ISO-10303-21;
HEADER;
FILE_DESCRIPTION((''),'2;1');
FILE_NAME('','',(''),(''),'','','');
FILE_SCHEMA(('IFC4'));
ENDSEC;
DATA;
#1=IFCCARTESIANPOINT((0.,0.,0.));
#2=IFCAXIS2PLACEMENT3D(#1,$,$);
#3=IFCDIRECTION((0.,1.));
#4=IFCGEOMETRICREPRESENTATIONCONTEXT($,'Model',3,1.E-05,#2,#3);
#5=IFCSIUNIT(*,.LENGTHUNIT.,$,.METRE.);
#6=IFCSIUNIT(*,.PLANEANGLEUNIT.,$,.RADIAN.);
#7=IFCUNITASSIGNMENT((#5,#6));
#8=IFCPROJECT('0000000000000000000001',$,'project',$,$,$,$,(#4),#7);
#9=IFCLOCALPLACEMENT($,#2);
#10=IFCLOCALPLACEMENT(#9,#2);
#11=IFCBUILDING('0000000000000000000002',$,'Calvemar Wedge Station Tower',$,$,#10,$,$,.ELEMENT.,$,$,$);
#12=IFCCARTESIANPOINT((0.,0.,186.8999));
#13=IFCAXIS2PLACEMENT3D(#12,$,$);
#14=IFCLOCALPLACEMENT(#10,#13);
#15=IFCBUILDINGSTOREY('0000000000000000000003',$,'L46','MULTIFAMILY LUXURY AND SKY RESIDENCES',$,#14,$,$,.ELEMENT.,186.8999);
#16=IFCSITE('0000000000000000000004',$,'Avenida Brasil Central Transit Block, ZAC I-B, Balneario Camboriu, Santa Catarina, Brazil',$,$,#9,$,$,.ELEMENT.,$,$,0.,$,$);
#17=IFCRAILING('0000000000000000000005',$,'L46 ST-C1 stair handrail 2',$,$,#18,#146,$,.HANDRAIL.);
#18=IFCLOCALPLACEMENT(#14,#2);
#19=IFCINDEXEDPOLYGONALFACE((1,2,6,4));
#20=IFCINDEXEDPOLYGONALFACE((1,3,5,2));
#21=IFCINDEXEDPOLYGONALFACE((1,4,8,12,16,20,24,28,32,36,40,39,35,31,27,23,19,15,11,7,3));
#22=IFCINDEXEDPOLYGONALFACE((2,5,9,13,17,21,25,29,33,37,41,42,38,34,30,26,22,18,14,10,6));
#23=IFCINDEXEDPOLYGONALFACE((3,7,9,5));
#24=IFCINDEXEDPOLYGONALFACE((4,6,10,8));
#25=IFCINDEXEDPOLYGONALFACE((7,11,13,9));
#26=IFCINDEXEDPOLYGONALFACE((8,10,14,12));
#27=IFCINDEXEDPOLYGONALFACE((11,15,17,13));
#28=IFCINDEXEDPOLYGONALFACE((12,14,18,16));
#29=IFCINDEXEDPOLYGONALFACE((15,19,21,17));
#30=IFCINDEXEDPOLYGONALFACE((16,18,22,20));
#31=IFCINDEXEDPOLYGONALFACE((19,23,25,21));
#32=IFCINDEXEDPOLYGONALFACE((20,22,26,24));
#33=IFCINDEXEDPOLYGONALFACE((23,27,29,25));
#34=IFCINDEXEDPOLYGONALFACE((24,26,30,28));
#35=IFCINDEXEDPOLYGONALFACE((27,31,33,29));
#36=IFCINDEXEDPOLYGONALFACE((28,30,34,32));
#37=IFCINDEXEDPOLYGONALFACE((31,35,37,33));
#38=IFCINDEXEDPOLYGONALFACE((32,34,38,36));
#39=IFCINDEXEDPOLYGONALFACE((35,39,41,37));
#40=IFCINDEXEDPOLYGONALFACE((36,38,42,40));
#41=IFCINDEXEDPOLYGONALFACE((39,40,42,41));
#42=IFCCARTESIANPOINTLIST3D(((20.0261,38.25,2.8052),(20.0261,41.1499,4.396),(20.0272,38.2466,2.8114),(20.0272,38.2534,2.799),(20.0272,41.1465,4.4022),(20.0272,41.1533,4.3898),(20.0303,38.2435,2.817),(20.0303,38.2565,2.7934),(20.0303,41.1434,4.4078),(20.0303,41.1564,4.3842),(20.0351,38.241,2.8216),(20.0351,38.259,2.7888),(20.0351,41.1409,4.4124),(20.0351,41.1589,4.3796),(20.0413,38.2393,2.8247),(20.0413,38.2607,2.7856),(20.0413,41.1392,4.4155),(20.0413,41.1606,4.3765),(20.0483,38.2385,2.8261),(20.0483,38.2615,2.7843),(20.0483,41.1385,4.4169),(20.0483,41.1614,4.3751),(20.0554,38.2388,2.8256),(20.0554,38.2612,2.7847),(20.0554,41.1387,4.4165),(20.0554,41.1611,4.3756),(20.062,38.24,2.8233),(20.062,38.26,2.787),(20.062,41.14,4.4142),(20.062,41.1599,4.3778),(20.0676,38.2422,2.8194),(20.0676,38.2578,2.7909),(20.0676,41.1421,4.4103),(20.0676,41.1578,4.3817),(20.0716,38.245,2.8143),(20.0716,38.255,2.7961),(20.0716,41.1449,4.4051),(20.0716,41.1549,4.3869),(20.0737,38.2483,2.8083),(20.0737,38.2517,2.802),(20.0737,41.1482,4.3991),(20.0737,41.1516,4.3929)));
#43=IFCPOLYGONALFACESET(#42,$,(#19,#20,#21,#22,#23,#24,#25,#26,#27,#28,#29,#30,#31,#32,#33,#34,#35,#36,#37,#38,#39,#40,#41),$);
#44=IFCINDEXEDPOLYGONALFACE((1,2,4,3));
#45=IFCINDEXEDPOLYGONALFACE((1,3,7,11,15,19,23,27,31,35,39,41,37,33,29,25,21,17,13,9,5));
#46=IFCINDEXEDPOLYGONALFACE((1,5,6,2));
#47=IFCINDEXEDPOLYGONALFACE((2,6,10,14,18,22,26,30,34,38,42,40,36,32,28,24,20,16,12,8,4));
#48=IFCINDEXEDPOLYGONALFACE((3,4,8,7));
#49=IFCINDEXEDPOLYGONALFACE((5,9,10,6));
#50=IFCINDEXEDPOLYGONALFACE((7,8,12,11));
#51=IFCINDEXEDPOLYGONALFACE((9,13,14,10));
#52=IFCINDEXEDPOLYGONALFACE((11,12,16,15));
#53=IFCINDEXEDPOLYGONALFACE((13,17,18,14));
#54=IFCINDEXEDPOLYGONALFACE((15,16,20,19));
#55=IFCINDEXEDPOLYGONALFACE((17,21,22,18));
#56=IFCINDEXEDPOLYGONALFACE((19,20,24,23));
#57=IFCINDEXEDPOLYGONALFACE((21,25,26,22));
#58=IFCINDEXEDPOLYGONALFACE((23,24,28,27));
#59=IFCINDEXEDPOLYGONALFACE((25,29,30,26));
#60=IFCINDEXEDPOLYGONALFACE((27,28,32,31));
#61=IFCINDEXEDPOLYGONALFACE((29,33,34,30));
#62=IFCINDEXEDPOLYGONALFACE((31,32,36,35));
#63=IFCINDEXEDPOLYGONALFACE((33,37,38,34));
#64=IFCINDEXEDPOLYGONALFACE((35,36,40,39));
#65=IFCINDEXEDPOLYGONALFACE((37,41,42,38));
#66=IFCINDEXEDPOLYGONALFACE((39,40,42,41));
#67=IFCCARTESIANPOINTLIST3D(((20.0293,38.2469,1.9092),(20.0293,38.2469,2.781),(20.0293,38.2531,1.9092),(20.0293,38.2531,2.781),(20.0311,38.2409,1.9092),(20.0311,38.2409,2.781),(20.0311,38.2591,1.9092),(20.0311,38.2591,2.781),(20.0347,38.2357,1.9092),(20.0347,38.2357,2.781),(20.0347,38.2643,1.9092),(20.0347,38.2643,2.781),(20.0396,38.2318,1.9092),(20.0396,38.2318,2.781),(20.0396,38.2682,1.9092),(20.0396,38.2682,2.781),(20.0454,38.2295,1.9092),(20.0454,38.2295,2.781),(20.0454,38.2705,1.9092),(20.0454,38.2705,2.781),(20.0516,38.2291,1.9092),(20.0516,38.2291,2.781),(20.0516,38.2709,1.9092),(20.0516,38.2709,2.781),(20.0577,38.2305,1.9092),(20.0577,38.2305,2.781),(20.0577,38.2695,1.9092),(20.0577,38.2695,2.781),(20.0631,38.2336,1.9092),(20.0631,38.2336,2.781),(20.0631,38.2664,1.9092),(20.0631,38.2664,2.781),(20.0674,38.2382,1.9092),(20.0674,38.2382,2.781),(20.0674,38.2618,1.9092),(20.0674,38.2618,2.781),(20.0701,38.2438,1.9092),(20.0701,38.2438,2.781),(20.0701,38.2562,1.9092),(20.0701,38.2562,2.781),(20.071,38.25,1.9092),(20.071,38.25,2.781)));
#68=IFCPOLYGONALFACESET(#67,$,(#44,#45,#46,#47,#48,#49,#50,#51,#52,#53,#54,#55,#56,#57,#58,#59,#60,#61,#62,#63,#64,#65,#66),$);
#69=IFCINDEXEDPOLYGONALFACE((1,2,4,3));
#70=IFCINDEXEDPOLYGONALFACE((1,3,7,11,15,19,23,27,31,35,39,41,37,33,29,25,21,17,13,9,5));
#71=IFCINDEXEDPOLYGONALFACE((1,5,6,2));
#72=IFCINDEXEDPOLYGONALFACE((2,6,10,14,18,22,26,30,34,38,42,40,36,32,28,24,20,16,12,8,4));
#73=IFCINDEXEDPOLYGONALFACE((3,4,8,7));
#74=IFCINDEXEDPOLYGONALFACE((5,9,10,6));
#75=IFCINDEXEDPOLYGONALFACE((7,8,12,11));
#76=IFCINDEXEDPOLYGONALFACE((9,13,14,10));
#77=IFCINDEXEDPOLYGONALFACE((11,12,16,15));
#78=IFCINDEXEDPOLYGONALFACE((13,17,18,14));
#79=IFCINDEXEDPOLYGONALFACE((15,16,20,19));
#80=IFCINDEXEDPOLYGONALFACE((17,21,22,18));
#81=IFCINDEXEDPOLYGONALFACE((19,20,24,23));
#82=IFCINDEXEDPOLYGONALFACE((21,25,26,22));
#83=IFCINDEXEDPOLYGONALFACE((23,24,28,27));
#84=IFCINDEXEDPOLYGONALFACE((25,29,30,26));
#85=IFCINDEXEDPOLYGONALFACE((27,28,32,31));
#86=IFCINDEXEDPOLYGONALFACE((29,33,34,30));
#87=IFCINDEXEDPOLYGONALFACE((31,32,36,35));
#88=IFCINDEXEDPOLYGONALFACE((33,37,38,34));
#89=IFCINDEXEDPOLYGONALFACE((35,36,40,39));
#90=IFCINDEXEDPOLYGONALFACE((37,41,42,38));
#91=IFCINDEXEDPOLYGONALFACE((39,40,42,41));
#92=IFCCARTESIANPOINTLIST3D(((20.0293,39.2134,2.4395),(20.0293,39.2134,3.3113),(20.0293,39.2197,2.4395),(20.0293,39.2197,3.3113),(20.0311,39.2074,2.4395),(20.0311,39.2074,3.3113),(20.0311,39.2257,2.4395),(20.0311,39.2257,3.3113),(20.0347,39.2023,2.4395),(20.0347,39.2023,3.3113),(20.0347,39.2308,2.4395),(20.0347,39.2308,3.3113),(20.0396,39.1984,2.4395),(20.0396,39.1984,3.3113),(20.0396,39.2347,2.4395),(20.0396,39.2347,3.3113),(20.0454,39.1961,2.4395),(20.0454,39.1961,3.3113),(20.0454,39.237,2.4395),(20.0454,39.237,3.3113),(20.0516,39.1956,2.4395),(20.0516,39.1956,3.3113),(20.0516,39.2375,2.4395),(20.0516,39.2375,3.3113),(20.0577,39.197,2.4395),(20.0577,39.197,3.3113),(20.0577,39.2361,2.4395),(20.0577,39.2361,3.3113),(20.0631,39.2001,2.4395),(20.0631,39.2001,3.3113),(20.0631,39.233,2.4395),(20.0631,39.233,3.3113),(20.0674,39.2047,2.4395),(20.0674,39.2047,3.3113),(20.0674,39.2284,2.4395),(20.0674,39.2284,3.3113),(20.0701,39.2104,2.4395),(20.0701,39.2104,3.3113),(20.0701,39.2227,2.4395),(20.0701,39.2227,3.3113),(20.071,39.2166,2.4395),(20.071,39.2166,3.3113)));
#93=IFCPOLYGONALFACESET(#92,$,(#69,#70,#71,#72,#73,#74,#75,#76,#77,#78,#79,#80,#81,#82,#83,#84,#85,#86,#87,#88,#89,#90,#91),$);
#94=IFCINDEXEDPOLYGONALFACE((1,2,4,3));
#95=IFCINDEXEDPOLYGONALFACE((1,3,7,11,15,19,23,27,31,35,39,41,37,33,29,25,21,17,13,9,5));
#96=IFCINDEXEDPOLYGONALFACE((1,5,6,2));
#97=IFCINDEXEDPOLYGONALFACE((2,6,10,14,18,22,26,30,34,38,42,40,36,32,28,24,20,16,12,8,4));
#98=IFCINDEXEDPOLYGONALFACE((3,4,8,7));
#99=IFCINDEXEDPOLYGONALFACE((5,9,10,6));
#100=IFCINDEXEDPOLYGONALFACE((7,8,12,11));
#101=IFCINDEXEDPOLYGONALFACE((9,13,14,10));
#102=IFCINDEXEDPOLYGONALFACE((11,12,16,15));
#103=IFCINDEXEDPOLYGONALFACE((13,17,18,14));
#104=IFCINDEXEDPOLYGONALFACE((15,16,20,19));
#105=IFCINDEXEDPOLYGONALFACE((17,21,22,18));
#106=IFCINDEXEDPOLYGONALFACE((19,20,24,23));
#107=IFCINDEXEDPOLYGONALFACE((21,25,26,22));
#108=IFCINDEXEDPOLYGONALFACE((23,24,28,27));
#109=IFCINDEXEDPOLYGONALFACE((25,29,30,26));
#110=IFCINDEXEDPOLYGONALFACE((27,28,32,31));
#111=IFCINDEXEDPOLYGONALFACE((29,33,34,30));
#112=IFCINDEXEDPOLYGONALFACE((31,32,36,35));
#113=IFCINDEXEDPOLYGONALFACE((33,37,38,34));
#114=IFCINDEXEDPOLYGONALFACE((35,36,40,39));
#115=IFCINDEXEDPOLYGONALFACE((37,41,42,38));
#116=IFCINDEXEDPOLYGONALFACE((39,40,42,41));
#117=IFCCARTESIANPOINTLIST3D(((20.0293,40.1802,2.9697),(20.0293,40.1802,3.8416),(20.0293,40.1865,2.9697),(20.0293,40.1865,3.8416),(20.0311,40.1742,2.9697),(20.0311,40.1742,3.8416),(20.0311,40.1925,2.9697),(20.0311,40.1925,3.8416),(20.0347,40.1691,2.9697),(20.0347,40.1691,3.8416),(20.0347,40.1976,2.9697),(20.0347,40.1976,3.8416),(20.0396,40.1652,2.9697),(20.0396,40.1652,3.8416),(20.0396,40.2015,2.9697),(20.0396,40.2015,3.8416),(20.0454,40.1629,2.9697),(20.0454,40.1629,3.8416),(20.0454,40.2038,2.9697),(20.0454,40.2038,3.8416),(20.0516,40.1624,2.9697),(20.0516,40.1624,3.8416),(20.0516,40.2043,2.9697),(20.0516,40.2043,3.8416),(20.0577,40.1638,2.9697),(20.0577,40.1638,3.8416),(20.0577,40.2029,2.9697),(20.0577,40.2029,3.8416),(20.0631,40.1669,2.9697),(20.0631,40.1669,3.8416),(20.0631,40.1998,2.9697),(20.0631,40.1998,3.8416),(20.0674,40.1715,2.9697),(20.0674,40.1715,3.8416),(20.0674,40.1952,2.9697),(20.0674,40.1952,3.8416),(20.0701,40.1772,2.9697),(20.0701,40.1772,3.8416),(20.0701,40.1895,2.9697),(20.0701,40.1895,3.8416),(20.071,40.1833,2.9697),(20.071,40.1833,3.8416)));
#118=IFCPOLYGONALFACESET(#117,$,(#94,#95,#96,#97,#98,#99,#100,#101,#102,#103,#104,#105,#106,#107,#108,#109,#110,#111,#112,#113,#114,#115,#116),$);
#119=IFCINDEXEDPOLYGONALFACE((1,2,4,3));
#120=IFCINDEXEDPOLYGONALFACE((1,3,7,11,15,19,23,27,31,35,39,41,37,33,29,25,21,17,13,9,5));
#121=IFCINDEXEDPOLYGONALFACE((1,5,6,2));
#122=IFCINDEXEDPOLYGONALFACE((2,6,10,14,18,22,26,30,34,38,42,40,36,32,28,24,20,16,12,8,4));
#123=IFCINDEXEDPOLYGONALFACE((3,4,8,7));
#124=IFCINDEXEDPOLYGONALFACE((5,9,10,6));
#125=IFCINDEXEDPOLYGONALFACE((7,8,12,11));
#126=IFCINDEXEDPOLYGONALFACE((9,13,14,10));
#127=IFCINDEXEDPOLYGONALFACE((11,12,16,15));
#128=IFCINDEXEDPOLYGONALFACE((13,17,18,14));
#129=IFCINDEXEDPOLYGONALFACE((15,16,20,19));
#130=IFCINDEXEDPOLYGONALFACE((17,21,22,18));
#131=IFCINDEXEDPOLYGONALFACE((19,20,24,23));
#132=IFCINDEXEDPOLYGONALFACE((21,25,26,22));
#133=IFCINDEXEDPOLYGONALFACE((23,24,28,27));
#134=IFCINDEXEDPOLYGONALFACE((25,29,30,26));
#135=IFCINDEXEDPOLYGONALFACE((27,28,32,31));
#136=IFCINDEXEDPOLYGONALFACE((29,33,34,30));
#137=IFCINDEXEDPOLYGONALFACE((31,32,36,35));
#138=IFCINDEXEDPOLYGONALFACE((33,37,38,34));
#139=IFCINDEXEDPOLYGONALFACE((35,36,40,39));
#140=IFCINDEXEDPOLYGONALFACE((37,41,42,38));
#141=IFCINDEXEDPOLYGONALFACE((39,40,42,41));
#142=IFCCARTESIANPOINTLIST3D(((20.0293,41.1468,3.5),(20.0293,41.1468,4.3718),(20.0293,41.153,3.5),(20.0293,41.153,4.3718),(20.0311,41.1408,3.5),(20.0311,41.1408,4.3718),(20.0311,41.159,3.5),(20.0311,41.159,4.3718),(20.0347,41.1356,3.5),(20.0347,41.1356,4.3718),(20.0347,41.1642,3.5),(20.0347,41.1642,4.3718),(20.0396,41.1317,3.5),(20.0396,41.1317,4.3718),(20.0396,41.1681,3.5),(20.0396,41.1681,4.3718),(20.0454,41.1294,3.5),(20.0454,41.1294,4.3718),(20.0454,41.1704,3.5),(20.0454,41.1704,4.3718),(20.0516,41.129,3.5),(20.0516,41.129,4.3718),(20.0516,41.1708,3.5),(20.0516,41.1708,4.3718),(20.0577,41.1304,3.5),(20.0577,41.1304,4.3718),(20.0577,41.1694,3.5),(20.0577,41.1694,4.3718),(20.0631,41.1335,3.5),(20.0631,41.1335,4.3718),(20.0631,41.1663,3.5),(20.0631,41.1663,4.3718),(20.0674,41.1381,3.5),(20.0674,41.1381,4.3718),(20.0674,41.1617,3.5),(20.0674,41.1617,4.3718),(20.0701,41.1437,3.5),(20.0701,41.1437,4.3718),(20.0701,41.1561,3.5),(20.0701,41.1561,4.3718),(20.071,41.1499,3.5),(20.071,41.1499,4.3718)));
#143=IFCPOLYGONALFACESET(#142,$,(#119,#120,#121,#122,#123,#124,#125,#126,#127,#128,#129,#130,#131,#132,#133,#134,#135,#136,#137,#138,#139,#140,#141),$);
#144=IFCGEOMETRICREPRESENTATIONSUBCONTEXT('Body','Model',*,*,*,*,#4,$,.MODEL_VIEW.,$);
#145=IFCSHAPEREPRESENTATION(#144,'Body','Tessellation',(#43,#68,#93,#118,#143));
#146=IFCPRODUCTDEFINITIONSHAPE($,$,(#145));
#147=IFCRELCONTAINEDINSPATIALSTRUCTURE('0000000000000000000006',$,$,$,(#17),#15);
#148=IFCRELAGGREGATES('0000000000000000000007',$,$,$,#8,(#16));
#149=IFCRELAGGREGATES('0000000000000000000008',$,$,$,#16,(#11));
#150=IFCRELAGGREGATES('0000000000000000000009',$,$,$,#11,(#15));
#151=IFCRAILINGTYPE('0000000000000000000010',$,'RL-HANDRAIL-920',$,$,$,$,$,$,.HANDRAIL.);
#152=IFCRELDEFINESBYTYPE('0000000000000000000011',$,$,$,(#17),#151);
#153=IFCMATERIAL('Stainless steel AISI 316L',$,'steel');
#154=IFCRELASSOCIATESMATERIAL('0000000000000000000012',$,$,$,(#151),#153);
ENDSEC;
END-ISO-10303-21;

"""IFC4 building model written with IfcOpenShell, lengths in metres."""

from ifc_helpers import new_model, si_unit, direction, frame, origin, origin_2d, place, context, subcontext, project, spatial, circle, extrude, material, type_object, element, save


model = new_model("IFC4")

# Units and contexts
model_context = context("Model", 3, precision=1e-05, world=origin(), true_north=direction((0.0, 1.0)))
body_context = subcontext(model_context, "Body", "Model", "MODEL_VIEW")
ifc_project = project(units=[si_unit("LENGTHUNIT", "METRE"), si_unit("PLANEANGLEUNIT", "RADIAN")], contexts=[model_context])

# Site, building, storey
site_placement = place(None, origin())
site = spatial("IfcSite", under=ifc_project, at=site_placement, Name="Avenida Brasil Central Transit Block, ZAC I-B, Balneario Camboriu, Santa Catarina, Brazil", CompositionType="ELEMENT", RefElevation=0.0)
building_placement = place(site_placement, origin())
building = spatial("IfcBuilding", under=site, at=building_placement, Name="Calvemar Wedge Station Tower", CompositionType="ELEMENT")
storey_placement = place(building_placement, frame((0.0, 0.0, 186.8999)))
storey = spatial("IfcBuildingStorey", under=building, at=storey_placement, Name="L46", Description="MULTIFAMILY LUXURY AND SKY RESIDENCES", CompositionType="ELEMENT", Elevation=186.8999)

# Railing
ifc_material_1 = material(Name="Stainless steel AISI 316L", Category="steel")
railing_type_1 = type_object("IfcRailingType", Name="RL-HANDRAIL-920", PredefinedType="HANDRAIL", material=ifc_material_1)
railing_1_placement = place(storey_placement, frame((20.05, 38.25, 1.9092)))
element("IfcRailing", 1, at=railing_1_placement, inside=storey, type_object=railing_type_1, Name="L46 ST-C1 stair handrail 2", PredefinedType="HANDRAIL", context=body_context, shape_type="SweptSolid", body=[
    extrude(circle(Radius=0.0239, at=origin_2d()), frame((0.0, 0.0, 0.896), z_axis=(0.0, 0.876742, 0.480961), x_axis=(-1.0, 0.0, 0.0)), (0.0, 0.0, 1.0), 3.3076),
    extrude(circle(Radius=0.021, at=origin_2d()), origin(), (0.0, 0.0, 1.0), 0.8718),
    extrude(circle(Radius=0.021, at=origin_2d()), frame((0.0, 0.9666, 0.5303)), (0.0, 0.0, 1.0), 0.8718),
    extrude(circle(Radius=0.021, at=origin_2d()), frame((0.0, 1.9333, 1.0605)), (0.0, 0.0, 1.0), 0.8718),
    extrude(circle(Radius=0.021, at=origin_2d()), frame((0.0, 2.8999, 1.5908)), (0.0, 0.0, 1.0), 0.8718),
])

save(model, "model.ifc")
